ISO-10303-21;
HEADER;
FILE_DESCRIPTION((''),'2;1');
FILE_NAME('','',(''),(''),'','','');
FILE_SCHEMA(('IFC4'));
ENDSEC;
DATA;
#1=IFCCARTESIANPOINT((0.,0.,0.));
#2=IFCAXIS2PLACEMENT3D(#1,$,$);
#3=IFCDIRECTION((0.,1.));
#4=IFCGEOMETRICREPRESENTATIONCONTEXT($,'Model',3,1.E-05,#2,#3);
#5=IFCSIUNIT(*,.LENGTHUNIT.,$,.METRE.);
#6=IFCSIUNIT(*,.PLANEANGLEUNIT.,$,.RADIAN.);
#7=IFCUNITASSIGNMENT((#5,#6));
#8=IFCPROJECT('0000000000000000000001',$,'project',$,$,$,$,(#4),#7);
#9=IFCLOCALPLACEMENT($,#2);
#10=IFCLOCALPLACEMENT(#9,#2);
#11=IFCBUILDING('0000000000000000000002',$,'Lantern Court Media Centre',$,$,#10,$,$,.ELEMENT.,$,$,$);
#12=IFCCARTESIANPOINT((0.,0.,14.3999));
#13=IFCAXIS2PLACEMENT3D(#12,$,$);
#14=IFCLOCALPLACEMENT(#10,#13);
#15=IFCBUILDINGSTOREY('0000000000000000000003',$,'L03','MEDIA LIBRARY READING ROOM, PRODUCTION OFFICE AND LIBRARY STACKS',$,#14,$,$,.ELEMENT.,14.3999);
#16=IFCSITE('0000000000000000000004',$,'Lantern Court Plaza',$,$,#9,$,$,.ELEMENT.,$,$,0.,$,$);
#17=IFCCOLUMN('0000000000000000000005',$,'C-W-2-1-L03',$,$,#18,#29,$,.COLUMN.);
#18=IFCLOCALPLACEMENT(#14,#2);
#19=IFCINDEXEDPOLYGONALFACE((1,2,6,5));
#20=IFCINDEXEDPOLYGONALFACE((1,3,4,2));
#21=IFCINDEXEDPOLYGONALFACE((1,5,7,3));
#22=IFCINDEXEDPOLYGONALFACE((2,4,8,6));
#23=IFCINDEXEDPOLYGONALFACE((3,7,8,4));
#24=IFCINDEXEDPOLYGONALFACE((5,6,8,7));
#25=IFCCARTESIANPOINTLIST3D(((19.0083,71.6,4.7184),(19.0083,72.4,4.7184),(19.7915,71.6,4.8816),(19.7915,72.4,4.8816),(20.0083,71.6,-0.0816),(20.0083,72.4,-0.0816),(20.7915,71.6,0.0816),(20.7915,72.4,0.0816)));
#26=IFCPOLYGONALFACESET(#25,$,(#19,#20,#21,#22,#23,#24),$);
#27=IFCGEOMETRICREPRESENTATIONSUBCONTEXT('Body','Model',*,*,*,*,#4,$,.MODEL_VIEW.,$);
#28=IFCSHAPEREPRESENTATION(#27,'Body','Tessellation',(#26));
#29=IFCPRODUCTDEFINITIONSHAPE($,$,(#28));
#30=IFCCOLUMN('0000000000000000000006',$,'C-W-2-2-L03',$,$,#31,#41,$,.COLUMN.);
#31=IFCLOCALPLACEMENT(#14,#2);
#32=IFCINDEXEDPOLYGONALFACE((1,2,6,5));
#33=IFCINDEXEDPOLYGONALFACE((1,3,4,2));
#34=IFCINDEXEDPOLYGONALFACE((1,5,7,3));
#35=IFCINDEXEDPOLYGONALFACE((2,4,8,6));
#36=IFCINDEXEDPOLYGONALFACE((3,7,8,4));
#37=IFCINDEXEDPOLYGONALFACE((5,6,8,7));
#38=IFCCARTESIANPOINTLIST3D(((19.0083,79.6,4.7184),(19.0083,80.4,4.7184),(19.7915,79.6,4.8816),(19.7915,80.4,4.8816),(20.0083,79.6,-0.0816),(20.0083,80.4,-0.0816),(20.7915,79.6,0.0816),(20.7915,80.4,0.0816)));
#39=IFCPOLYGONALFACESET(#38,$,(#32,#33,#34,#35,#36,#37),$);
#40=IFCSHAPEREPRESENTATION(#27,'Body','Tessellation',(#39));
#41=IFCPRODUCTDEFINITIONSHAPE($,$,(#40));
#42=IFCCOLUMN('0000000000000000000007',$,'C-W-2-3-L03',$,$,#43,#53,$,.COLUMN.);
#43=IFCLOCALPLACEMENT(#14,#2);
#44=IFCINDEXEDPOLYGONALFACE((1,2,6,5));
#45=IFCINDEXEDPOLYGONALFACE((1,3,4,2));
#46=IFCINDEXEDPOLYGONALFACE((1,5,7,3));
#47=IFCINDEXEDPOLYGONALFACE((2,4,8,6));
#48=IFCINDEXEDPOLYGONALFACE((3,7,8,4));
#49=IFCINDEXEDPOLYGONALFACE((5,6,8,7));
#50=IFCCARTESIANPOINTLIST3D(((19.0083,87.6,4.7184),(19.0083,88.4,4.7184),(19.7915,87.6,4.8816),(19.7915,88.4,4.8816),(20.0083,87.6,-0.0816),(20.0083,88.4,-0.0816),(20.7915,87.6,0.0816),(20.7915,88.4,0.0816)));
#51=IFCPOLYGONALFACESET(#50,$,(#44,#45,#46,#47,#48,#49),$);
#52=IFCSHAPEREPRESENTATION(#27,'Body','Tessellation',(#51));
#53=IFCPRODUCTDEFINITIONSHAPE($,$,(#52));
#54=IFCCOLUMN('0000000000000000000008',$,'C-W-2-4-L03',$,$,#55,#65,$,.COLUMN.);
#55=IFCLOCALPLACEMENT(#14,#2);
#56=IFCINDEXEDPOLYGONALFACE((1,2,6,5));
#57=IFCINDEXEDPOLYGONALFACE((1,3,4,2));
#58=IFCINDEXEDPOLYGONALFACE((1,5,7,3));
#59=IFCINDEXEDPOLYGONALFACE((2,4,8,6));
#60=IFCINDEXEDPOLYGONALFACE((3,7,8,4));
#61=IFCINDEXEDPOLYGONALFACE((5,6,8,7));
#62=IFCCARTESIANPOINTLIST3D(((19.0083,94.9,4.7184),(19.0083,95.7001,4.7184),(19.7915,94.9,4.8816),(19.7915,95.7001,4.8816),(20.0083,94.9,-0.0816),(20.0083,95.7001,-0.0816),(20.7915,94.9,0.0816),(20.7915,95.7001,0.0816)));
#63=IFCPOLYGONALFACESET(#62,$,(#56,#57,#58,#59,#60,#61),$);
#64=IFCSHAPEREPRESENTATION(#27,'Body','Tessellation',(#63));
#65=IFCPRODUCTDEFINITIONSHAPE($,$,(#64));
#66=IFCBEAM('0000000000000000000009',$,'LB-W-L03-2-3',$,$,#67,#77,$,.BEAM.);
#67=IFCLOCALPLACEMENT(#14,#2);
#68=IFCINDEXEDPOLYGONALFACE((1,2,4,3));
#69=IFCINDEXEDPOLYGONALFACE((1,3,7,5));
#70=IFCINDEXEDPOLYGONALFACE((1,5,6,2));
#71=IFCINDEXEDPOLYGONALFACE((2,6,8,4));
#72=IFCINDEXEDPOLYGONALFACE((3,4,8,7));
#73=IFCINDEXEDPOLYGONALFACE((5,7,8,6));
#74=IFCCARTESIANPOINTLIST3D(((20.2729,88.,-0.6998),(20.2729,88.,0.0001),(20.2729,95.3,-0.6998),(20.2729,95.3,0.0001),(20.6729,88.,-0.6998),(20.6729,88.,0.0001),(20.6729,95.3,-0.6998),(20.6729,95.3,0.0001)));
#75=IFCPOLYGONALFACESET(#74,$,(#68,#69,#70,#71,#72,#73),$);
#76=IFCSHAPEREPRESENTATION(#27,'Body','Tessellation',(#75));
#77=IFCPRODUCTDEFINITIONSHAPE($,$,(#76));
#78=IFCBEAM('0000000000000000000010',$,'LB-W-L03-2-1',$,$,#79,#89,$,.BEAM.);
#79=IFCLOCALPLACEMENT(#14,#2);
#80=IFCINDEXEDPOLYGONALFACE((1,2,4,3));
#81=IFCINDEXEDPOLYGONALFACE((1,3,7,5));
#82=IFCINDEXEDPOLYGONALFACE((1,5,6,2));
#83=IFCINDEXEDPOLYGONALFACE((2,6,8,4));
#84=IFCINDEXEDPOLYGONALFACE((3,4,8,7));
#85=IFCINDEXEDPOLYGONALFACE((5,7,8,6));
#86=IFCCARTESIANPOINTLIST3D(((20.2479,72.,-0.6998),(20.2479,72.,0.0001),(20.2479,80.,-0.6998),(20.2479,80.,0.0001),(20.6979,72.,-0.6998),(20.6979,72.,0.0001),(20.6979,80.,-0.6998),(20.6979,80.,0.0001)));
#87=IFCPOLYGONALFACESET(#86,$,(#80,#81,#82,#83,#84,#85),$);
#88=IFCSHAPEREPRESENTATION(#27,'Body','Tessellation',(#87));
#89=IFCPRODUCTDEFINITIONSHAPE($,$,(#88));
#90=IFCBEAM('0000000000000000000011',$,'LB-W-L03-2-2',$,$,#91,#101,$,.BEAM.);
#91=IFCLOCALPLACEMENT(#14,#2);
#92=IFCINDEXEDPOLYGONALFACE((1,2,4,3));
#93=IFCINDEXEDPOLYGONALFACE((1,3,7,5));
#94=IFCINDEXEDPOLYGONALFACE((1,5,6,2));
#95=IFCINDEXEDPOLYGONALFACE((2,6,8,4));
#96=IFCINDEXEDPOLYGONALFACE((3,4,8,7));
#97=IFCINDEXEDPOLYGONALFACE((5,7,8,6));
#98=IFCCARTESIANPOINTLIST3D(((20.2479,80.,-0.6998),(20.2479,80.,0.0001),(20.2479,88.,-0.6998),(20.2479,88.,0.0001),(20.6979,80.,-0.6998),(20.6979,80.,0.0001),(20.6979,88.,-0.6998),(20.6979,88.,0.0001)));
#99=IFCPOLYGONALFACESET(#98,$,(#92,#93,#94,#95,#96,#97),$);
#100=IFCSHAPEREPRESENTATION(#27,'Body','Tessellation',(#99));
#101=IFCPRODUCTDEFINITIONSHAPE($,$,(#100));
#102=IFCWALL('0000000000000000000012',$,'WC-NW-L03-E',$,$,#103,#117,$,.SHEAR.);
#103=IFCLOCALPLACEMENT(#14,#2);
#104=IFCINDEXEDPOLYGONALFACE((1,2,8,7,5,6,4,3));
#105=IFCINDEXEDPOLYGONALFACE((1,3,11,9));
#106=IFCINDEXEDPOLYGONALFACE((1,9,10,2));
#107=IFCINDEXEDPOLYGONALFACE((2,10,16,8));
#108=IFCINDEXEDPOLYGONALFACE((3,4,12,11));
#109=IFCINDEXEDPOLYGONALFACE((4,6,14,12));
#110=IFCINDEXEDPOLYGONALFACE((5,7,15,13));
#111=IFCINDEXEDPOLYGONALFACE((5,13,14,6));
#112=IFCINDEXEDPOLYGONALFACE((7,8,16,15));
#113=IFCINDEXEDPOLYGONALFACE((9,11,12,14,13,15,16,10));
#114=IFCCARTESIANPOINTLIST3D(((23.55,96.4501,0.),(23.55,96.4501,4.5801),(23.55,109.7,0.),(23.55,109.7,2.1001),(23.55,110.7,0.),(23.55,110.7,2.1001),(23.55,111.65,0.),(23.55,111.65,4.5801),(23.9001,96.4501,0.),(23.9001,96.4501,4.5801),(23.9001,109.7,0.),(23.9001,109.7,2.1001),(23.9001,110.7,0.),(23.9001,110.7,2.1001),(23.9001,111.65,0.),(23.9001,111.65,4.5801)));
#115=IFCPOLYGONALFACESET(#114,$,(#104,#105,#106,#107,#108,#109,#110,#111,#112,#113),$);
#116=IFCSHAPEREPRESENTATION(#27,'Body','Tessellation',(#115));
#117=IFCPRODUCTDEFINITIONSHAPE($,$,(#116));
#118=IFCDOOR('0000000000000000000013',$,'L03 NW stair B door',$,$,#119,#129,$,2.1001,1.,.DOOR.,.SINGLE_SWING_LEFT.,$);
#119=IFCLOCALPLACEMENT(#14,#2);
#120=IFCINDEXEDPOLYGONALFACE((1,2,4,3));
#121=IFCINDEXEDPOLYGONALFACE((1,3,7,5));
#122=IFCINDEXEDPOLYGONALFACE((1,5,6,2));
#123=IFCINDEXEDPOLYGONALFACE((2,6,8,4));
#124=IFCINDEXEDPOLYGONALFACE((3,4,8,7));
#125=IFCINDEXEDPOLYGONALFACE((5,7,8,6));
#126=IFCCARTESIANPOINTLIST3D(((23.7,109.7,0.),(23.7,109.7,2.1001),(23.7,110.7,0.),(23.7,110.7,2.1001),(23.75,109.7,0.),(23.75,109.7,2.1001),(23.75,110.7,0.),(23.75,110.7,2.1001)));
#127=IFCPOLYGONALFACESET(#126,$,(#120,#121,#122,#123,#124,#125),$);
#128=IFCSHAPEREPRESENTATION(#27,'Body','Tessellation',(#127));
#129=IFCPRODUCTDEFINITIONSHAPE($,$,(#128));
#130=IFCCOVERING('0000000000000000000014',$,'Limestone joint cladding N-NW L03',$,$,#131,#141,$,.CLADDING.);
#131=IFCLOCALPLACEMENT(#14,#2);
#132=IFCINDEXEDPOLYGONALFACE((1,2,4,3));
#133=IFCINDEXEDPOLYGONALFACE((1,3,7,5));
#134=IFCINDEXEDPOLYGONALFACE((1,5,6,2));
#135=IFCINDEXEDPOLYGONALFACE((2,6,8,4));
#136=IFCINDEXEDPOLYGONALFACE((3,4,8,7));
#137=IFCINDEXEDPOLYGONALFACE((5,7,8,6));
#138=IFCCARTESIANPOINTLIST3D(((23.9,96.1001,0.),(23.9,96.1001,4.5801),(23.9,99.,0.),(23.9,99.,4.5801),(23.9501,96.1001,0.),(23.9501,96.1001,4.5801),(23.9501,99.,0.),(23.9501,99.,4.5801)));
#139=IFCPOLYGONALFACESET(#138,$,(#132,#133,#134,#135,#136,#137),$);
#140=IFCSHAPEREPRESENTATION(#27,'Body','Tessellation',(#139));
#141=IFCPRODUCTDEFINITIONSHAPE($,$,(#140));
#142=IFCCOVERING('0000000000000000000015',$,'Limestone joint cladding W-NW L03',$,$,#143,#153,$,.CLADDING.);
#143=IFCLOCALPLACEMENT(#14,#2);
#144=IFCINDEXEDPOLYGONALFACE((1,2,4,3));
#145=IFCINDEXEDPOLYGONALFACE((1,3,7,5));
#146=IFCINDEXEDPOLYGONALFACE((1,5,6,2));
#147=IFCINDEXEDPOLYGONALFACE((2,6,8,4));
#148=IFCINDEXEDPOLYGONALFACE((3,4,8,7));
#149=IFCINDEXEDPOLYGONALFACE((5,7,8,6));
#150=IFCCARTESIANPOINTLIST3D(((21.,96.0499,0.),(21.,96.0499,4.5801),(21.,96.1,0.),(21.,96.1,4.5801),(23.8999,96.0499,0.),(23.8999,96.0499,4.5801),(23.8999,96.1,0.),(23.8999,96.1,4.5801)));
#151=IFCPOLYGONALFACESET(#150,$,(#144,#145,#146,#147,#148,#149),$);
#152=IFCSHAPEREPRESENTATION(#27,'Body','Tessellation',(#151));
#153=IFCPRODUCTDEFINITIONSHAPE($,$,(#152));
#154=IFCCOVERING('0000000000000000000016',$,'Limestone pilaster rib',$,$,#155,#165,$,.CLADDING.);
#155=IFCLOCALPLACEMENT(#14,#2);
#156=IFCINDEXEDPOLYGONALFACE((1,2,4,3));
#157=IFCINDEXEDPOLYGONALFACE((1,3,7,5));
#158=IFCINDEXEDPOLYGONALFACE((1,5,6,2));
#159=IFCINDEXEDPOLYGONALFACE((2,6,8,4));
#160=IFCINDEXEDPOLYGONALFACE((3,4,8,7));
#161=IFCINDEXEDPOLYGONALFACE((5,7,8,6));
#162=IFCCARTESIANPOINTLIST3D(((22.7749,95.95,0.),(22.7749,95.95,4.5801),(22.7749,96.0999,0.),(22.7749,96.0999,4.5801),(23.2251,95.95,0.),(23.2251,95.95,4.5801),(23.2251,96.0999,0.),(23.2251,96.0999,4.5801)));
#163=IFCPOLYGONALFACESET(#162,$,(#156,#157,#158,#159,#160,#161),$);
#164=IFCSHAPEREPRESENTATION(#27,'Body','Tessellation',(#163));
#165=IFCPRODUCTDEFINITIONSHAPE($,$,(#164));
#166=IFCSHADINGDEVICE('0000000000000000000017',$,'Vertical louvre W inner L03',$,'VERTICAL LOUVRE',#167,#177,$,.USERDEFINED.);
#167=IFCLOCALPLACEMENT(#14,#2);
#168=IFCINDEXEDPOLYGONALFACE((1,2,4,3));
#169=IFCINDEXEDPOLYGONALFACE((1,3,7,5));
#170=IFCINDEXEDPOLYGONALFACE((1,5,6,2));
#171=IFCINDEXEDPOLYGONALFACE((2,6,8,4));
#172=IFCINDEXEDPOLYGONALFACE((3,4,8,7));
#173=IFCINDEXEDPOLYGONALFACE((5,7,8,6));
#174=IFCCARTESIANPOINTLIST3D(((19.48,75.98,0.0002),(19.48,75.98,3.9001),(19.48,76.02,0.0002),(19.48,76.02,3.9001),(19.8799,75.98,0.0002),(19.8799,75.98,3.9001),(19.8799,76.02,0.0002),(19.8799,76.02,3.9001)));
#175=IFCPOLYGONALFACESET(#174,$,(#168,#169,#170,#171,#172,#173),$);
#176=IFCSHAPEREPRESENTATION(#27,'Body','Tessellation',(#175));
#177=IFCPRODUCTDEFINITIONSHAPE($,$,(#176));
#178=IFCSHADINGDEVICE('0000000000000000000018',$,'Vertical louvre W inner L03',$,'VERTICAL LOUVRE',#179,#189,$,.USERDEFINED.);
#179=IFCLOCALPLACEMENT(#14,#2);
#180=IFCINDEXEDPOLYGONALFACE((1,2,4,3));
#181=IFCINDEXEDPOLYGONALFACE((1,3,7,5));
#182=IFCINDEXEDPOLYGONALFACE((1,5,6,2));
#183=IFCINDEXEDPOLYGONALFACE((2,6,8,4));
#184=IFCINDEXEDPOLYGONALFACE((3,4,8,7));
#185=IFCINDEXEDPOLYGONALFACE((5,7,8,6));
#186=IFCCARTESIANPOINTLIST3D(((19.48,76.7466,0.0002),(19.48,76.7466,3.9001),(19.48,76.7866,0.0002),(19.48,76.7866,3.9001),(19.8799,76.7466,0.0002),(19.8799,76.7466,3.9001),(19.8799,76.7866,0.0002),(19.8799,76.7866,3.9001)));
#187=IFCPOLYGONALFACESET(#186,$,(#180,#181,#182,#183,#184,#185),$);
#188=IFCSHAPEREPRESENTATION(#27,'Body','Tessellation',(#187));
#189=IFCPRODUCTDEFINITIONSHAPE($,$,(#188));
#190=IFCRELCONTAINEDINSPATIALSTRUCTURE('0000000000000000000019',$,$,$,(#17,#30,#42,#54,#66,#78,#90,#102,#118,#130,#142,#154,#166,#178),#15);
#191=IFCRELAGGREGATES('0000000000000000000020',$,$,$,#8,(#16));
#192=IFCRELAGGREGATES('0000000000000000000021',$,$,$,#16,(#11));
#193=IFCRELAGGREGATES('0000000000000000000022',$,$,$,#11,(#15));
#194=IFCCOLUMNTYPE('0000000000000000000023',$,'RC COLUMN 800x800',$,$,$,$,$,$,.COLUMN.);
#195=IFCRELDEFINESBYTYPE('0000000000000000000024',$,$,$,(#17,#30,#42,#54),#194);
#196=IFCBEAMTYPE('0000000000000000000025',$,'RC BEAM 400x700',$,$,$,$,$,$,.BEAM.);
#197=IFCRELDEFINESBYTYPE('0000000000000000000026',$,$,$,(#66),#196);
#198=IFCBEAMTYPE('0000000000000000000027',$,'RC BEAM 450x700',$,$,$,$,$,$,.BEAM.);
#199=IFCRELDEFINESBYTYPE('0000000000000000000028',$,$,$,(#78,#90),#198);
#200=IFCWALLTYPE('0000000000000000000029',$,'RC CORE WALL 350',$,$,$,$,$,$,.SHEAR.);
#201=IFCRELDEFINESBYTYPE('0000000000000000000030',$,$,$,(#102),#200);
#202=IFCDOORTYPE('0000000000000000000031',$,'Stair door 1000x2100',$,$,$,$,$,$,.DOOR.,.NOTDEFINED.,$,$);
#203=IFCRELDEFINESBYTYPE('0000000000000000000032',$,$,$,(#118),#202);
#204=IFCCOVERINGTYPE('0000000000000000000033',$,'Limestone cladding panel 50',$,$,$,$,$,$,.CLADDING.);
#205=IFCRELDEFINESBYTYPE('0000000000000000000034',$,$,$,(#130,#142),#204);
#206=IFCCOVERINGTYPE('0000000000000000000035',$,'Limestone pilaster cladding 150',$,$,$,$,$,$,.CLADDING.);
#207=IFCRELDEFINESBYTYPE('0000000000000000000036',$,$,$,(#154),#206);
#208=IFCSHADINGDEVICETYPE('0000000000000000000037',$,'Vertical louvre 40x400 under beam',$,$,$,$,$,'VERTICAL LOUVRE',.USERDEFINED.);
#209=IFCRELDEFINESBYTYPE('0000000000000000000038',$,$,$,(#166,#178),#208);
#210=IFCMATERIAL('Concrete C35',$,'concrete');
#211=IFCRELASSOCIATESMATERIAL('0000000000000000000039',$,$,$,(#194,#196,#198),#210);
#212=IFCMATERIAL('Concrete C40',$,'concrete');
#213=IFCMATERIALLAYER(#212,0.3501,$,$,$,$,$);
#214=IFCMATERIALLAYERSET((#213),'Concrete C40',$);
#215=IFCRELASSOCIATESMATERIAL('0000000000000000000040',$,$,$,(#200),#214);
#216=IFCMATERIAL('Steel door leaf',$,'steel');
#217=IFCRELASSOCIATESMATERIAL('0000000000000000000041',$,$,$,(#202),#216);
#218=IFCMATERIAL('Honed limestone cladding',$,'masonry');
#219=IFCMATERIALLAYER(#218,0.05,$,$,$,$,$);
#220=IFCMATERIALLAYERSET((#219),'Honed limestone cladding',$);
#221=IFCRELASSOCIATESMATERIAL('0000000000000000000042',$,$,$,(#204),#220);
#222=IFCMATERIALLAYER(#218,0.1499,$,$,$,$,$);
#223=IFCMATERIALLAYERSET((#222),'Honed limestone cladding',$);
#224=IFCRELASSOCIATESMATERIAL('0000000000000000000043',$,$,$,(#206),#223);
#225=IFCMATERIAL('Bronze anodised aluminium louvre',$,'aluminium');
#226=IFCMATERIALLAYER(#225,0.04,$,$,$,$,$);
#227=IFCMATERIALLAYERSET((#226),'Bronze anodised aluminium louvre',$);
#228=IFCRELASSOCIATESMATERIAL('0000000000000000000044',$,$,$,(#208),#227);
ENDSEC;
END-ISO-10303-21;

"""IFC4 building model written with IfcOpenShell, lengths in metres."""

from ifc_helpers import new_model, si_unit, direction, frame, frame_2d, origin, origin_2d, place, context, subcontext, project, spatial, rectangle, extrude, material, layer, layer_set, material_profile, profile_set, type_object, element, fill, save


model = new_model("IFC4")

# Units and contexts
model_context = context("Model", 3, precision=1e-05, world=origin(), true_north=direction((0.0, 1.0)))
body_context = subcontext(model_context, "Body", "Model", "MODEL_VIEW")
ifc_project = project(units=[si_unit("LENGTHUNIT", "METRE"), si_unit("PLANEANGLEUNIT", "RADIAN")], contexts=[model_context])

# Site, building, storey
site_placement = place(None, origin())
site = spatial("IfcSite", under=ifc_project, at=site_placement, Name="Lantern Court Plaza", CompositionType="ELEMENT", RefElevation=0.0)
building_placement = place(site_placement, origin())
building = spatial("IfcBuilding", under=site, at=building_placement, Name="Lantern Court Media Centre", CompositionType="ELEMENT")
storey_placement = place(building_placement, frame((0.0, 0.0, 14.3999)))
storey = spatial("IfcBuildingStorey", under=building, at=storey_placement, Name="L03", Description="MEDIA LIBRARY READING ROOM, PRODUCTION OFFICE AND LIBRARY STACKS", CompositionType="ELEMENT", Elevation=14.3999)

# Columns
ifc_material_1 = material(Name="Concrete C35", Category="concrete")
ifc_material_profile_1 = material_profile(ifc_material_1, rectangle(XDim=0.8, YDim=0.8, at=origin_2d()), Name="RC 800x800")
ifc_profile_set_1 = profile_set([ifc_material_profile_1], Name="Concrete C35")
column_type = type_object("IfcColumnType", Name="RC COLUMN 800x800", PredefinedType="COLUMN", material=ifc_profile_set_1)
for number, where, z_axis, x_axis, name in (
    (1, (20.3999, 72.0, 0.0), (-0.203952, 0.0, 0.978981), (0.0, -1.0, 0.0), "C-W-2-1-L03"),
    (2, (20.3999, 80.0, 0.0), (-0.203952, 0.0, 0.978981), (0.0, -1.0, 0.0), "C-W-2-2-L03"),
    (3, (20.3999, 88.0, 0.0), (-0.203952, 0.0, 0.978981), (0.0, -1.0, 0.0), "C-W-2-3-L03"),
    (4, (20.3999, 95.3, 0.0), (-0.203952, 0.0, 0.978981), (0.0, -1.0, 0.0), "C-W-2-4-L03"),
):
    element("IfcColumn", number, at=place(storey_placement, frame(where, z_axis=z_axis, x_axis=x_axis)), inside=storey, type_object=column_type, Name=name, PredefinedType="COLUMN", context=body_context, shape_type="SweptSolid", body=[
        extrude(rectangle(XDim=0.8, YDim=0.8, at=origin_2d()), origin(), (0.0, 0.0, 1.0), 4.9031),
    ])

# Beams
ifc_material_profile_2 = material_profile(ifc_material_1, rectangle(XDim=0.3999, YDim=0.7, at=origin_2d()), Name="RC 400x700")
ifc_profile_set_2 = profile_set([ifc_material_profile_2], Name="Concrete C35")
beam_type_1 = type_object("IfcBeamType", Name="RC BEAM 400x700", PredefinedType="BEAM", material=ifc_profile_set_2)
beam_placement = place(storey_placement, frame((20.4729, 88.0, -0.3499), z_axis=(0.0, 1.0, 0.0), x_axis=(-1.0, 0.0, 0.0)))
element("IfcBeam", 5, at=beam_placement, inside=storey, type_object=beam_type_1, Name="LB-W-L03-2-3", PredefinedType="BEAM", context=body_context, shape_type="SweptSolid", body=[
    extrude(rectangle(XDim=0.3999, YDim=0.7, at=origin_2d()), origin(), (0.0, 0.0, 1.0), 7.3),
])
ifc_material_profile_3 = material_profile(ifc_material_1, rectangle(XDim=0.45, YDim=0.7, at=origin_2d()), Name="RC 450x700")
ifc_profile_set_3 = profile_set([ifc_material_profile_3], Name="Concrete C35")
beam_type_2 = type_object("IfcBeamType", Name="RC BEAM 450x700", PredefinedType="BEAM", material=ifc_profile_set_3)
for number, where, z_axis, x_axis, name in (
    (6, (20.4729, 72.0, -0.3499), (0.0, 1.0, 0.0), (-1.0, 0.0, 0.0), "LB-W-L03-2-1"),
    (7, (20.4729, 80.0, -0.3499), (0.0, 1.0, 0.0), (-1.0, 0.0, 0.0), "LB-W-L03-2-2"),
):
    element("IfcBeam", number, at=place(storey_placement, frame(where, z_axis=z_axis, x_axis=x_axis)), inside=storey, type_object=beam_type_2, Name=name, PredefinedType="BEAM", context=body_context, shape_type="SweptSolid", body=[
        extrude(rectangle(XDim=0.45, YDim=0.7, at=origin_2d()), origin(), (0.0, 0.0, 1.0), 8.0),
    ])

# Wall, opening, door
ifc_material_2 = material(Name="Concrete C40", Category="concrete")
ifc_layer_1 = layer(ifc_material_2, 0.3501)
ifc_layer_set_1 = layer_set([ifc_layer_1], Name="Concrete C40")
wall_type = type_object("IfcWallType", Name="RC CORE WALL 350", PredefinedType="SHEAR", material=ifc_layer_set_1)
wall_placement = place(storey_placement, frame((23.7251, 96.45, 0.0), z_axis=(0.0, 0.0, 1.0), x_axis=(0.0, 1.0, 0.0)))
wall = element("IfcWall", 8, at=wall_placement, inside=storey, type_object=wall_type, Name="WC-NW-L03-E", PredefinedType="SHEAR", context=body_context, shape_type="SweptSolid", body=[
    extrude(rectangle(XDim=15.2, YDim=0.3501, at=frame_2d((7.6001, 0.0))), origin(), (0.0, 0.0, 1.0), 4.5801),
])
opening_placement = place(wall_placement, frame((13.25, 0.0, 0.0)))
opening = element("IfcOpeningElement", 9, at=opening_placement, cuts=wall, PredefinedType="OPENING", context=body_context, shape_type="SweptSolid", body=[
    extrude(rectangle(XDim=1.0, YDim=2.1001, at=frame_2d((0.5, 1.05))), frame((0.0, 0.1851, 0.0), z_axis=(0.0, -1.0, 0.0), x_axis=(1.0, 0.0, 0.0)), (0.0, 0.0, 1.0), 0.3701),
])
ifc_material_3 = material(Name="Steel door leaf", Category="steel")
door_type = type_object("IfcDoorType", Name="Stair door 1000x2100", OperationType="NOTDEFINED", PredefinedType="DOOR", material=ifc_material_3)
door_placement = place(opening_placement, frame((1.0, 0.0, 0.0), z_axis=(0.0, 0.0, 1.0), x_axis=(-1.0, 0.0, 0.0)))
door = element("IfcDoor", 10, at=door_placement, inside=storey, type_object=door_type, Name="L03 NW stair B door", OperationType="SINGLE_SWING_LEFT", OverallHeight=2.1001, OverallWidth=1.0, PredefinedType="DOOR", context=body_context, shape_type="SweptSolid", body=[
    extrude(rectangle(XDim=1.0, YDim=2.1001, at=frame_2d((0.5, 1.05))), frame((0.0, 0.0249, 0.0), z_axis=(0.0, -1.0, 0.0), x_axis=(1.0, 0.0, 0.0)), (0.0, 0.0, 1.0), 0.05),
])
fill(opening, door)

# Coverings
ifc_material_4 = material(Name="Honed limestone cladding", Category="masonry")
ifc_layer_2 = layer(ifc_material_4, 0.05)
ifc_layer_set_2 = layer_set([ifc_layer_2], Name="Honed limestone cladding")
covering_type_1 = type_object("IfcCoveringType", Name="Limestone cladding panel 50", PredefinedType="CLADDING", material=ifc_layer_set_2)
for number, where, z_axis, x_axis, name in (
    (11, (23.925, 96.1001, 0.0), (0.0, 0.0, 1.0), (0.0, 1.0, 0.0), "Limestone joint cladding N-NW L03"),
    (12, (21.0, 96.075, 0.0), (0.0, 0.0, 1.0), (1.0, 0.0, 0.0), "Limestone joint cladding W-NW L03"),
):
    element("IfcCovering", number, at=place(storey_placement, frame(where, z_axis=z_axis, x_axis=x_axis)), inside=storey, type_object=covering_type_1, Name=name, PredefinedType="CLADDING", context=body_context, shape_type="SweptSolid", body=[
        extrude(rectangle(XDim=2.8999, YDim=0.05, at=frame_2d((1.45, 0.0))), origin(), (0.0, 0.0, 1.0), 4.5801),
    ])
ifc_layer_3 = layer(ifc_material_4, 0.1499)
ifc_layer_set_3 = layer_set([ifc_layer_3], Name="Honed limestone cladding")
covering_type_2 = type_object("IfcCoveringType", Name="Limestone pilaster cladding 150", PredefinedType="CLADDING", material=ifc_layer_set_3)
covering_placement = place(storey_placement, frame((22.7749, 96.0249, 0.0), z_axis=(0.0, 0.0, 1.0), x_axis=(1.0, 0.0, 0.0)))
element("IfcCovering", 13, at=covering_placement, inside=storey, type_object=covering_type_2, Name="Limestone pilaster rib", PredefinedType="CLADDING", context=body_context, shape_type="SweptSolid", body=[
    extrude(rectangle(XDim=0.4502, YDim=0.1499, at=frame_2d((0.2251, 0.0))), origin(), (0.0, 0.0, 1.0), 4.5801),
])

# Shading devices
ifc_material_5 = material(Name="Bronze anodised aluminium louvre", Category="aluminium")
ifc_layer_4 = layer(ifc_material_5, 0.04)
ifc_layer_set_4 = layer_set([ifc_layer_4], Name="Bronze anodised aluminium louvre")
shading_device_type = type_object("IfcShadingDeviceType", Name="Vertical louvre 40x400 under beam", ElementType="VERTICAL LOUVRE", PredefinedType="USERDEFINED", material=ifc_layer_set_4)
for number, where, z_axis, x_axis, name in (
    (14, (19.6799, 76.0, 0.0002), (0.0, 0.0, 1.0), (1.0, 0.0, 0.0), "Vertical louvre W inner L03"),
    (15, (19.6799, 76.7666, 0.0002), (0.0, 0.0, 1.0), (1.0, 0.0, 0.0), "Vertical louvre W inner L03"),
):
    element("IfcShadingDevice", number, at=place(storey_placement, frame(where, z_axis=z_axis, x_axis=x_axis)), inside=storey, type_object=shading_device_type, Name=name, ObjectType="VERTICAL LOUVRE", PredefinedType="USERDEFINED", context=body_context, shape_type="SweptSolid", body=[
        extrude(rectangle(XDim=0.3999, YDim=0.04, at=origin_2d()), origin(), (0.0, 0.0, 1.0), 3.8999),
    ])

save(model, "model.ifc")
